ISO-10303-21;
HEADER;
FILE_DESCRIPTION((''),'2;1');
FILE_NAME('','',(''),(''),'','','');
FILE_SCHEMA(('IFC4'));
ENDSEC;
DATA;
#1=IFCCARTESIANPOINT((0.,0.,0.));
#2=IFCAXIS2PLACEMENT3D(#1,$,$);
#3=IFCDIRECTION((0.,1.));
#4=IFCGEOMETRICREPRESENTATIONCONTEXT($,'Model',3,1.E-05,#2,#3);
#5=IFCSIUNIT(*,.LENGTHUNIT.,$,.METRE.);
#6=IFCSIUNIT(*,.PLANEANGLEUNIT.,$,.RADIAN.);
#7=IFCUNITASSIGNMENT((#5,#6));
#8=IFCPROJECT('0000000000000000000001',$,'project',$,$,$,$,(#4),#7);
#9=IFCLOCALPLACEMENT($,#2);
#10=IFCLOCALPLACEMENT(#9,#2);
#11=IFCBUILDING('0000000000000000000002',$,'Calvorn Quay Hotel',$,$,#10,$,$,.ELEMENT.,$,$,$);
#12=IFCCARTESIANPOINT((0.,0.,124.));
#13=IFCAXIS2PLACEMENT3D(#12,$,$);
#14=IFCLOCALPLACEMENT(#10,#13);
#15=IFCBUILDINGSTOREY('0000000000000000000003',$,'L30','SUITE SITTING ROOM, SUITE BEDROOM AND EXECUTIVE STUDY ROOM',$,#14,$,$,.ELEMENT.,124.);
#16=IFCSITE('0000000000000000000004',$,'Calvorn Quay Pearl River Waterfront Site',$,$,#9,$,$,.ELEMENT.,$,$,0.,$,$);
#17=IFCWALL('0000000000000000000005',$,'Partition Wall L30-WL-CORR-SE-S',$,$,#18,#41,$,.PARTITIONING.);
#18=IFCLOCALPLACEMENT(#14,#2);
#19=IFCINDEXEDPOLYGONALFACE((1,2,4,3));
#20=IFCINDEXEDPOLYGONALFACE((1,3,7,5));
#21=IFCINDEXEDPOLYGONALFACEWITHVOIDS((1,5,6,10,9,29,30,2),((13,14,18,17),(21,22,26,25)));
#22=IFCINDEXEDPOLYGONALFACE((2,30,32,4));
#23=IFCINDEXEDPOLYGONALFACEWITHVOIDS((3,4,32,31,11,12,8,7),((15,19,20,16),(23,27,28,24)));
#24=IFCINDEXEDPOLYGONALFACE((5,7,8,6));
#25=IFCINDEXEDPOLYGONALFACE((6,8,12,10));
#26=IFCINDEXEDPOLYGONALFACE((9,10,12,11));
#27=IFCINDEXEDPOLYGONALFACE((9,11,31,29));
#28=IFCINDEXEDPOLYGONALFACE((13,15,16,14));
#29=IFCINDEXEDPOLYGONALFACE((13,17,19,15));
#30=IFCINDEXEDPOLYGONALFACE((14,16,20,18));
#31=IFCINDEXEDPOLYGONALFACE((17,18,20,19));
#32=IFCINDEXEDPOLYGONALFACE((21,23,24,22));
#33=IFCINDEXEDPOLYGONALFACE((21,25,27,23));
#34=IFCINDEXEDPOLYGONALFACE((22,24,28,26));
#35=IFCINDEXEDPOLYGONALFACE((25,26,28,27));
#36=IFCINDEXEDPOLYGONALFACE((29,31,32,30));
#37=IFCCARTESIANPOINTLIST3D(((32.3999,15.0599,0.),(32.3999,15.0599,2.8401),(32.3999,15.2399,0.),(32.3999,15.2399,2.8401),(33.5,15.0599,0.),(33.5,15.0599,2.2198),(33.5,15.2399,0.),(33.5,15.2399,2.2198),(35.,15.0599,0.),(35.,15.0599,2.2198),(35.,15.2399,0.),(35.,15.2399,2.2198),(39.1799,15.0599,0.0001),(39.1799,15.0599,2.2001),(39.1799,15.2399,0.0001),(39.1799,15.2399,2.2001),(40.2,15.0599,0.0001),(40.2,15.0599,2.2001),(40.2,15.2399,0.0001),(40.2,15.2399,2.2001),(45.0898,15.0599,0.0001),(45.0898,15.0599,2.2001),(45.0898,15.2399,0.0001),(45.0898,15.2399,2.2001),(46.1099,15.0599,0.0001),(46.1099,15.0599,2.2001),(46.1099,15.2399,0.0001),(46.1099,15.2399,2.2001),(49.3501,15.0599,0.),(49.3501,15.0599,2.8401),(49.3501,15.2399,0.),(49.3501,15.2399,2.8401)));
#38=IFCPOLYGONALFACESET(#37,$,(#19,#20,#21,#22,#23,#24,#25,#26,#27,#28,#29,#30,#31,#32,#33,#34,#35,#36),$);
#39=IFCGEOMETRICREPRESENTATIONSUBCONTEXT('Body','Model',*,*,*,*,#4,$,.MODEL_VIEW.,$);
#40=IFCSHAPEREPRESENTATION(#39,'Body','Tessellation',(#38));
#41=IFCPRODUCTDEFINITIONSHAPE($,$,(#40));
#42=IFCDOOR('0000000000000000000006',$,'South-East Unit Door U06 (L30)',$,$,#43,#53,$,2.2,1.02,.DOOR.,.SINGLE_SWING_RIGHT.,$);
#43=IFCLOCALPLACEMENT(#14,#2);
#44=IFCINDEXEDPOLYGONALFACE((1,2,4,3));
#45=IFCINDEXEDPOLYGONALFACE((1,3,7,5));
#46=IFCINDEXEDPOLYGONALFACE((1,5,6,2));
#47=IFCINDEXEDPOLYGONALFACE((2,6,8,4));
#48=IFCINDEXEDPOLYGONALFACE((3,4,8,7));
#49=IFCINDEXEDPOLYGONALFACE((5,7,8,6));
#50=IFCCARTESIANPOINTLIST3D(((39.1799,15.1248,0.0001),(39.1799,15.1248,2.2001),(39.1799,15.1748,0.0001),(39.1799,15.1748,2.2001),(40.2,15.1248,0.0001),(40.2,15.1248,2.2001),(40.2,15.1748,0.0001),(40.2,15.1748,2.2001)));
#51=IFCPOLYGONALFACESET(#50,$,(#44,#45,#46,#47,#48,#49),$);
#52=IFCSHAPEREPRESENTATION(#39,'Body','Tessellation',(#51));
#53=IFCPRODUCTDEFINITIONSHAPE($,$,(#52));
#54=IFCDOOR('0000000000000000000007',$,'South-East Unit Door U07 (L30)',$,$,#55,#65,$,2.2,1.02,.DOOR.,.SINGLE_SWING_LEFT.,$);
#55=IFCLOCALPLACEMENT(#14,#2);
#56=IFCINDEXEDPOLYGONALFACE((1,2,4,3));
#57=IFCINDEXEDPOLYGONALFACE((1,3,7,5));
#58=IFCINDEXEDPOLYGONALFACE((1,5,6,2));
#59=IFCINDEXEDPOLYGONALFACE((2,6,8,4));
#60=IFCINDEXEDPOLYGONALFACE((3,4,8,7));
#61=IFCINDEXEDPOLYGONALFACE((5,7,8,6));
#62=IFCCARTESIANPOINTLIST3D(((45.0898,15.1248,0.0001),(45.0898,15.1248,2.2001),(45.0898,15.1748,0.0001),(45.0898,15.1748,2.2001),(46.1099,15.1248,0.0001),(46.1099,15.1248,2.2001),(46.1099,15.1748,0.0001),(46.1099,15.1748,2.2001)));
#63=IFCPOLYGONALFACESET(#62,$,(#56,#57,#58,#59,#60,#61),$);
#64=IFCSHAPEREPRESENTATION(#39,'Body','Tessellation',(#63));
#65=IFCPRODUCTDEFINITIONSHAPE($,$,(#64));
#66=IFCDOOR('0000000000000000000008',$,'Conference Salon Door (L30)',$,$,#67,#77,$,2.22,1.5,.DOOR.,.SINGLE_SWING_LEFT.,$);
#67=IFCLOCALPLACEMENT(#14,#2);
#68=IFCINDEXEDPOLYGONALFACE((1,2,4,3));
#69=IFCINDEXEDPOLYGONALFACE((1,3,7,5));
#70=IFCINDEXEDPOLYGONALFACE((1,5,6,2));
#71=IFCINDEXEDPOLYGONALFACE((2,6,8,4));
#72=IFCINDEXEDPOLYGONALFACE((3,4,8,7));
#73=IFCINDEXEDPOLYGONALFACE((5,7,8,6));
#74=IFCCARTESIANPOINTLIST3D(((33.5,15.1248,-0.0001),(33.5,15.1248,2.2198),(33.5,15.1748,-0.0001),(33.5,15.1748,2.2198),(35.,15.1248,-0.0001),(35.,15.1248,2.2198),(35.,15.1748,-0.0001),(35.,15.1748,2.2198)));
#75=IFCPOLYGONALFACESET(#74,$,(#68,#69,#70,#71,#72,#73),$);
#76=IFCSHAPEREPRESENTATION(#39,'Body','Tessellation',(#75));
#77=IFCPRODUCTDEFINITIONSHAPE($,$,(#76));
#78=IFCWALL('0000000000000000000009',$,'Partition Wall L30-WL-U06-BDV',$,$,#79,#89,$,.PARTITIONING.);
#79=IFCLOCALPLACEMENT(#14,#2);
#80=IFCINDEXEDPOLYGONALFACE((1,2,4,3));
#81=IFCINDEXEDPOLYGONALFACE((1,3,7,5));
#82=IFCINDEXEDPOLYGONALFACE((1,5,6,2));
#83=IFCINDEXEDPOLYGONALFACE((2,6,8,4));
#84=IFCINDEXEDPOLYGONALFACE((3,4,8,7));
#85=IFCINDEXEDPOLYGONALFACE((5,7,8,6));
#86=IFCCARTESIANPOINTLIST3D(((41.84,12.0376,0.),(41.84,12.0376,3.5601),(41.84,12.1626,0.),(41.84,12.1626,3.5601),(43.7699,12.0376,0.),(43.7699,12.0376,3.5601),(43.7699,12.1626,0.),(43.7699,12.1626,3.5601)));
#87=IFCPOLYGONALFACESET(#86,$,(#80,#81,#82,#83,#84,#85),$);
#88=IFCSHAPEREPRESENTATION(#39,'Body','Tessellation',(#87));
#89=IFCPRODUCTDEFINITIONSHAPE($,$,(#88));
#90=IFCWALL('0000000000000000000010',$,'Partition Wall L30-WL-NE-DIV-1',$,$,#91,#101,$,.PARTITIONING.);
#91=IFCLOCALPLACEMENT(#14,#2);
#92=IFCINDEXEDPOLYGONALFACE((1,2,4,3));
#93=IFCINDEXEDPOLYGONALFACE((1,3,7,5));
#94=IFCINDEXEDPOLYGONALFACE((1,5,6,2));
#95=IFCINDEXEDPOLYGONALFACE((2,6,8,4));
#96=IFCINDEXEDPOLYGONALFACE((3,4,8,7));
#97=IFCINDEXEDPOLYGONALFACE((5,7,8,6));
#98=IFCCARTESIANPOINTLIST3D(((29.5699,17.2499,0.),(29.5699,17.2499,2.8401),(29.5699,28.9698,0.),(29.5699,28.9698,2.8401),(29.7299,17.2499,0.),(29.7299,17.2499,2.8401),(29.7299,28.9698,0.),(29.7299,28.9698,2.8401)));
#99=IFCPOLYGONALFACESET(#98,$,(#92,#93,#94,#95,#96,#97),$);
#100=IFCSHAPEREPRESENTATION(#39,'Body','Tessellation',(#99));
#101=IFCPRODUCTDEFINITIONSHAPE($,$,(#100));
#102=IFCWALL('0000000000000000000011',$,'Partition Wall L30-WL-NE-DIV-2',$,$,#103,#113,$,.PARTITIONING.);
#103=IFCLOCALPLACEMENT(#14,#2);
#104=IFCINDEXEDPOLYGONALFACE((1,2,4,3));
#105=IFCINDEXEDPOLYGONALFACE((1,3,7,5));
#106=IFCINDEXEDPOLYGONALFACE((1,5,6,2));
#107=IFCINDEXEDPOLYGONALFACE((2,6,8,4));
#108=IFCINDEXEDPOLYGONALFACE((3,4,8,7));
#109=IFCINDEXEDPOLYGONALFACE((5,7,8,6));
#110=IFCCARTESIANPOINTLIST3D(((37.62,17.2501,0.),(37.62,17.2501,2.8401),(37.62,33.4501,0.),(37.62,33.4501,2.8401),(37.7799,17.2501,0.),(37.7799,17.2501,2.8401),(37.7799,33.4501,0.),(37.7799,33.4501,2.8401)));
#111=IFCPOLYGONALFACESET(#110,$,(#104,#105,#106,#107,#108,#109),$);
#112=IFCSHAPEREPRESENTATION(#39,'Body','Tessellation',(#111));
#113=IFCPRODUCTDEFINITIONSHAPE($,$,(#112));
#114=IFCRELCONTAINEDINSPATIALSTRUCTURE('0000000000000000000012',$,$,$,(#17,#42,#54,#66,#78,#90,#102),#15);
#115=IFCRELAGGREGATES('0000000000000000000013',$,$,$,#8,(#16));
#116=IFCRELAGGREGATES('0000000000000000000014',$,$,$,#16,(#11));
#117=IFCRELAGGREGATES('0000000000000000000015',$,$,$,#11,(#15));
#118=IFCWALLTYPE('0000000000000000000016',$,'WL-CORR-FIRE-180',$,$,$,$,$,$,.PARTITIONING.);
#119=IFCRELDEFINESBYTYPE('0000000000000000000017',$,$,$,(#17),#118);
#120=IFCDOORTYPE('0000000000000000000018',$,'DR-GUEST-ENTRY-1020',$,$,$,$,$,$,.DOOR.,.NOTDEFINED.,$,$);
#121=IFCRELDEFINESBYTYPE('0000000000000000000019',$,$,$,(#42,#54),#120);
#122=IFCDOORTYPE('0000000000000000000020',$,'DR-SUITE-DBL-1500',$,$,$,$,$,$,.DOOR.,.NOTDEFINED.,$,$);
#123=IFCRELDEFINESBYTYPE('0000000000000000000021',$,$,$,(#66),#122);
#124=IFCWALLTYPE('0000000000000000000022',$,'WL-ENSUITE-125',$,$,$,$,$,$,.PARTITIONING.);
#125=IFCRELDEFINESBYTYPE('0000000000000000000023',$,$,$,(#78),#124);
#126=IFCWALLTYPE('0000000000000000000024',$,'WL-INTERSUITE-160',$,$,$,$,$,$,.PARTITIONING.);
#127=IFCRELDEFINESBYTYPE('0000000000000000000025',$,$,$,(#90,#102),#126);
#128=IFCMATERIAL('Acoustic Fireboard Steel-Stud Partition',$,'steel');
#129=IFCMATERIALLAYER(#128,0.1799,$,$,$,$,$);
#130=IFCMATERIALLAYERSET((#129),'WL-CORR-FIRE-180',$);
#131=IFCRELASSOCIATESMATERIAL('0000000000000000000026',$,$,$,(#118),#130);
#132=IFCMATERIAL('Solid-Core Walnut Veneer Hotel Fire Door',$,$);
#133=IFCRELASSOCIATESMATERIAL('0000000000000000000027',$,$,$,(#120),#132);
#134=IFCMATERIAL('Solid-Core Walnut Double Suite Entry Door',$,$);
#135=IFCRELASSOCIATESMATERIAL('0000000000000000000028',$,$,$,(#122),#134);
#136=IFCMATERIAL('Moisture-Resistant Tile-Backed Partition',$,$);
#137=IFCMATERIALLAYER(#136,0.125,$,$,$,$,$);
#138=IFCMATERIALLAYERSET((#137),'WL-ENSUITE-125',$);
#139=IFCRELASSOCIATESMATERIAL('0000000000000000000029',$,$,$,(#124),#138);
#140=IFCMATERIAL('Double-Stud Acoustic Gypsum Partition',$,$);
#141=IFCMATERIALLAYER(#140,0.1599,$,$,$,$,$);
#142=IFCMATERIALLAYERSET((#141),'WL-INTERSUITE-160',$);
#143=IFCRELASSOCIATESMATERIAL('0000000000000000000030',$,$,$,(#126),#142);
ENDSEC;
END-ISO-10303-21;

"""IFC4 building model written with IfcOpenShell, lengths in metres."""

from ifc_helpers import new_model, si_unit, direction, frame, frame_2d, origin, place, context, subcontext, project, spatial, rectangle, extrude, material, layer, layer_set, type_object, element, fill, save


model = new_model("IFC4")

# Units and contexts
model_context = context("Model", 3, precision=1e-05, world=origin(), true_north=direction((0.0, 1.0)))
body_context = subcontext(model_context, "Body", "Model", "MODEL_VIEW")
ifc_project = project(units=[si_unit("LENGTHUNIT", "METRE"), si_unit("PLANEANGLEUNIT", "RADIAN")], contexts=[model_context])

# Site, building, storey
site_placement = place(None, origin())
site = spatial("IfcSite", under=ifc_project, at=site_placement, Name="Calvorn Quay Pearl River Waterfront Site", CompositionType="ELEMENT", RefElevation=0.0)
building_placement = place(site_placement, origin())
building = spatial("IfcBuilding", under=site, at=building_placement, Name="Calvorn Quay Hotel", CompositionType="ELEMENT")
storey_placement = place(building_placement, frame((0.0, 0.0, 124.0)))
storey = spatial("IfcBuildingStorey", under=building, at=storey_placement, Name="L30", Description="SUITE SITTING ROOM, SUITE BEDROOM AND EXECUTIVE STUDY ROOM", CompositionType="ELEMENT", Elevation=124.0)

# Wall, openings, doors
ifc_material_1 = material(Name="Acoustic Fireboard Steel-Stud Partition", Category="steel")
ifc_layer_1 = layer(ifc_material_1, 0.1799)
ifc_layer_set_1 = layer_set([ifc_layer_1], Name="WL-CORR-FIRE-180")
wall_type_1 = type_object("IfcWallType", Name="WL-CORR-FIRE-180", PredefinedType="PARTITIONING", material=ifc_layer_set_1)
wall_1_placement = place(storey_placement, frame((32.3999, 15.1499, 0.0), z_axis=(0.0, 0.0, 1.0), x_axis=(1.0, 0.0, 0.0)))
wall_1 = element("IfcWall", 1, at=wall_1_placement, inside=storey, type_object=wall_type_1, Name="Partition Wall L30-WL-CORR-SE-S", PredefinedType="PARTITIONING", context=body_context, shape_type="SweptSolid", body=[
    extrude(rectangle(XDim=16.9502, YDim=0.1799, at=frame_2d((8.4751, 0.0))), origin(), (0.0, 0.0, 1.0), 2.8401),
])
opening_1_placement = place(wall_1_placement, frame((1.1001, 0.0, 0.0)))
opening_1 = element("IfcOpeningElement", 2, at=opening_1_placement, cuts=wall_1, PredefinedType="OPENING", context=body_context, shape_type="SweptSolid", body=[
    extrude(rectangle(XDim=1.5, YDim=2.22, at=frame_2d((0.75, 1.1099))), frame((0.0, 0.0999, 0.0), z_axis=(0.0, -1.0, 0.0), x_axis=(1.0, 0.0, 0.0)), (0.0, 0.0, 1.0), 0.2),
])
opening_2_placement = place(wall_1_placement, frame((6.78, 0.0, 0.0)))
opening_2 = element("IfcOpeningElement", 3, at=opening_2_placement, cuts=wall_1, PredefinedType="OPENING", context=body_context, shape_type="SweptSolid", body=[
    extrude(rectangle(XDim=1.02, YDim=2.2, at=frame_2d((0.51, 1.1001))), frame((0.0, 0.0999, 0.0), z_axis=(0.0, -1.0, 0.0), x_axis=(1.0, 0.0, 0.0)), (0.0, 0.0, 1.0), 0.2),
])
opening_3_placement = place(wall_1_placement, frame((12.6899, 0.0, 0.0)))
opening_3 = element("IfcOpeningElement", 4, at=opening_3_placement, cuts=wall_1, PredefinedType="OPENING", context=body_context, shape_type="SweptSolid", body=[
    extrude(rectangle(XDim=1.02, YDim=2.2, at=frame_2d((0.51, 1.1001))), frame((0.0, 0.0999, 0.0), z_axis=(0.0, -1.0, 0.0), x_axis=(1.0, 0.0, 0.0)), (0.0, 0.0, 1.0), 0.2),
])
ifc_material_2 = material(Name="Solid-Core Walnut Veneer Hotel Fire Door")
door_type_1 = type_object("IfcDoorType", Name="DR-GUEST-ENTRY-1020", OperationType="NOTDEFINED", PredefinedType="DOOR", material=ifc_material_2)
door_1_placement = place(opening_2_placement, origin())
door_1 = element("IfcDoor", 5, at=door_1_placement, inside=storey, type_object=door_type_1, Name="South-East Unit Door U06 (L30)", OperationType="SINGLE_SWING_RIGHT", OverallHeight=2.2, OverallWidth=1.02, PredefinedType="DOOR", context=body_context, shape_type="SweptSolid", body=[
    extrude(rectangle(XDim=1.02, YDim=2.2, at=frame_2d((0.51, 1.1001))), frame((0.0, 0.0249, 0.0), z_axis=(0.0, -1.0, 0.0), x_axis=(1.0, 0.0, 0.0)), (0.0, 0.0, 1.0), 0.05),
])
fill(opening_2, door_1)
door_2_placement = place(opening_3_placement, origin())
door_2 = element("IfcDoor", 6, at=door_2_placement, inside=storey, type_object=door_type_1, Name="South-East Unit Door U07 (L30)", OperationType="SINGLE_SWING_LEFT", OverallHeight=2.2, OverallWidth=1.02, PredefinedType="DOOR", context=body_context, shape_type="SweptSolid", body=[
    extrude(rectangle(XDim=1.02, YDim=2.2, at=frame_2d((0.51, 1.1001))), frame((0.0, 0.0249, 0.0), z_axis=(0.0, -1.0, 0.0), x_axis=(1.0, 0.0, 0.0)), (0.0, 0.0, 1.0), 0.05),
])
fill(opening_3, door_2)
ifc_material_3 = material(Name="Solid-Core Walnut Double Suite Entry Door")
door_type_2 = type_object("IfcDoorType", Name="DR-SUITE-DBL-1500", OperationType="NOTDEFINED", PredefinedType="DOOR", material=ifc_material_3)
door_3_placement = place(opening_1_placement, origin())
door_3 = element("IfcDoor", 7, at=door_3_placement, inside=storey, type_object=door_type_2, Name="Conference Salon Door (L30)", OperationType="SINGLE_SWING_LEFT", OverallHeight=2.22, OverallWidth=1.5, PredefinedType="DOOR", context=body_context, shape_type="SweptSolid", body=[
    extrude(rectangle(XDim=1.5, YDim=2.22, at=frame_2d((0.75, 1.1099))), frame((0.0, 0.0249, 0.0), z_axis=(0.0, -1.0, 0.0), x_axis=(1.0, 0.0, 0.0)), (0.0, 0.0, 1.0), 0.05),
])
fill(opening_1, door_3)

# Walls
ifc_material_4 = material(Name="Moisture-Resistant Tile-Backed Partition")
ifc_layer_2 = layer(ifc_material_4, 0.125)
ifc_layer_set_2 = layer_set([ifc_layer_2], Name="WL-ENSUITE-125")
wall_type_2 = type_object("IfcWallType", Name="WL-ENSUITE-125", PredefinedType="PARTITIONING", material=ifc_layer_set_2)
wall_2_placement = place(storey_placement, frame((41.8401, 12.1001, 0.0), z_axis=(0.0, 0.0, 1.0), x_axis=(1.0, 0.0, 0.0)))
element("IfcWall", 8, at=wall_2_placement, inside=storey, type_object=wall_type_2, Name="Partition Wall L30-WL-U06-BDV", PredefinedType="PARTITIONING", context=body_context, shape_type="SweptSolid", body=[
    extrude(rectangle(XDim=1.9299, YDim=0.125, at=frame_2d((0.9648, 0.0))), origin(), (0.0, 0.0, 1.0), 3.5601),
])
ifc_material_5 = material(Name="Double-Stud Acoustic Gypsum Partition")
ifc_layer_3 = layer(ifc_material_5, 0.1599)
ifc_layer_set_3 = layer_set([ifc_layer_3], Name="WL-INTERSUITE-160")
wall_type_3 = type_object("IfcWallType", Name="WL-INTERSUITE-160", PredefinedType="PARTITIONING", material=ifc_layer_set_3)
wall_3_placement = place(storey_placement, frame((29.6499, 17.25, 0.0), z_axis=(0.0, 0.0, 1.0), x_axis=(0.0, 1.0, 0.0)))
element("IfcWall", 9, at=wall_3_placement, inside=storey, type_object=wall_type_3, Name="Partition Wall L30-WL-NE-DIV-1", PredefinedType="PARTITIONING", context=body_context, shape_type="SweptSolid", body=[
    extrude(rectangle(XDim=11.72, YDim=0.1599, at=frame_2d((5.8599, 0.0))), origin(), (0.0, 0.0, 1.0), 2.8401),
])
wall_4_placement = place(storey_placement, frame((37.7, 17.25, 0.0), z_axis=(0.0, 0.0, 1.0), x_axis=(0.0, 1.0, 0.0)))
element("IfcWall", 10, at=wall_4_placement, inside=storey, type_object=wall_type_3, Name="Partition Wall L30-WL-NE-DIV-2", PredefinedType="PARTITIONING", context=body_context, shape_type="SweptSolid", body=[
    extrude(rectangle(XDim=16.2, YDim=0.1599, at=frame_2d((8.1001, 0.0))), origin(), (0.0, 0.0, 1.0), 2.8401),
])

save(model, "model.ifc")
